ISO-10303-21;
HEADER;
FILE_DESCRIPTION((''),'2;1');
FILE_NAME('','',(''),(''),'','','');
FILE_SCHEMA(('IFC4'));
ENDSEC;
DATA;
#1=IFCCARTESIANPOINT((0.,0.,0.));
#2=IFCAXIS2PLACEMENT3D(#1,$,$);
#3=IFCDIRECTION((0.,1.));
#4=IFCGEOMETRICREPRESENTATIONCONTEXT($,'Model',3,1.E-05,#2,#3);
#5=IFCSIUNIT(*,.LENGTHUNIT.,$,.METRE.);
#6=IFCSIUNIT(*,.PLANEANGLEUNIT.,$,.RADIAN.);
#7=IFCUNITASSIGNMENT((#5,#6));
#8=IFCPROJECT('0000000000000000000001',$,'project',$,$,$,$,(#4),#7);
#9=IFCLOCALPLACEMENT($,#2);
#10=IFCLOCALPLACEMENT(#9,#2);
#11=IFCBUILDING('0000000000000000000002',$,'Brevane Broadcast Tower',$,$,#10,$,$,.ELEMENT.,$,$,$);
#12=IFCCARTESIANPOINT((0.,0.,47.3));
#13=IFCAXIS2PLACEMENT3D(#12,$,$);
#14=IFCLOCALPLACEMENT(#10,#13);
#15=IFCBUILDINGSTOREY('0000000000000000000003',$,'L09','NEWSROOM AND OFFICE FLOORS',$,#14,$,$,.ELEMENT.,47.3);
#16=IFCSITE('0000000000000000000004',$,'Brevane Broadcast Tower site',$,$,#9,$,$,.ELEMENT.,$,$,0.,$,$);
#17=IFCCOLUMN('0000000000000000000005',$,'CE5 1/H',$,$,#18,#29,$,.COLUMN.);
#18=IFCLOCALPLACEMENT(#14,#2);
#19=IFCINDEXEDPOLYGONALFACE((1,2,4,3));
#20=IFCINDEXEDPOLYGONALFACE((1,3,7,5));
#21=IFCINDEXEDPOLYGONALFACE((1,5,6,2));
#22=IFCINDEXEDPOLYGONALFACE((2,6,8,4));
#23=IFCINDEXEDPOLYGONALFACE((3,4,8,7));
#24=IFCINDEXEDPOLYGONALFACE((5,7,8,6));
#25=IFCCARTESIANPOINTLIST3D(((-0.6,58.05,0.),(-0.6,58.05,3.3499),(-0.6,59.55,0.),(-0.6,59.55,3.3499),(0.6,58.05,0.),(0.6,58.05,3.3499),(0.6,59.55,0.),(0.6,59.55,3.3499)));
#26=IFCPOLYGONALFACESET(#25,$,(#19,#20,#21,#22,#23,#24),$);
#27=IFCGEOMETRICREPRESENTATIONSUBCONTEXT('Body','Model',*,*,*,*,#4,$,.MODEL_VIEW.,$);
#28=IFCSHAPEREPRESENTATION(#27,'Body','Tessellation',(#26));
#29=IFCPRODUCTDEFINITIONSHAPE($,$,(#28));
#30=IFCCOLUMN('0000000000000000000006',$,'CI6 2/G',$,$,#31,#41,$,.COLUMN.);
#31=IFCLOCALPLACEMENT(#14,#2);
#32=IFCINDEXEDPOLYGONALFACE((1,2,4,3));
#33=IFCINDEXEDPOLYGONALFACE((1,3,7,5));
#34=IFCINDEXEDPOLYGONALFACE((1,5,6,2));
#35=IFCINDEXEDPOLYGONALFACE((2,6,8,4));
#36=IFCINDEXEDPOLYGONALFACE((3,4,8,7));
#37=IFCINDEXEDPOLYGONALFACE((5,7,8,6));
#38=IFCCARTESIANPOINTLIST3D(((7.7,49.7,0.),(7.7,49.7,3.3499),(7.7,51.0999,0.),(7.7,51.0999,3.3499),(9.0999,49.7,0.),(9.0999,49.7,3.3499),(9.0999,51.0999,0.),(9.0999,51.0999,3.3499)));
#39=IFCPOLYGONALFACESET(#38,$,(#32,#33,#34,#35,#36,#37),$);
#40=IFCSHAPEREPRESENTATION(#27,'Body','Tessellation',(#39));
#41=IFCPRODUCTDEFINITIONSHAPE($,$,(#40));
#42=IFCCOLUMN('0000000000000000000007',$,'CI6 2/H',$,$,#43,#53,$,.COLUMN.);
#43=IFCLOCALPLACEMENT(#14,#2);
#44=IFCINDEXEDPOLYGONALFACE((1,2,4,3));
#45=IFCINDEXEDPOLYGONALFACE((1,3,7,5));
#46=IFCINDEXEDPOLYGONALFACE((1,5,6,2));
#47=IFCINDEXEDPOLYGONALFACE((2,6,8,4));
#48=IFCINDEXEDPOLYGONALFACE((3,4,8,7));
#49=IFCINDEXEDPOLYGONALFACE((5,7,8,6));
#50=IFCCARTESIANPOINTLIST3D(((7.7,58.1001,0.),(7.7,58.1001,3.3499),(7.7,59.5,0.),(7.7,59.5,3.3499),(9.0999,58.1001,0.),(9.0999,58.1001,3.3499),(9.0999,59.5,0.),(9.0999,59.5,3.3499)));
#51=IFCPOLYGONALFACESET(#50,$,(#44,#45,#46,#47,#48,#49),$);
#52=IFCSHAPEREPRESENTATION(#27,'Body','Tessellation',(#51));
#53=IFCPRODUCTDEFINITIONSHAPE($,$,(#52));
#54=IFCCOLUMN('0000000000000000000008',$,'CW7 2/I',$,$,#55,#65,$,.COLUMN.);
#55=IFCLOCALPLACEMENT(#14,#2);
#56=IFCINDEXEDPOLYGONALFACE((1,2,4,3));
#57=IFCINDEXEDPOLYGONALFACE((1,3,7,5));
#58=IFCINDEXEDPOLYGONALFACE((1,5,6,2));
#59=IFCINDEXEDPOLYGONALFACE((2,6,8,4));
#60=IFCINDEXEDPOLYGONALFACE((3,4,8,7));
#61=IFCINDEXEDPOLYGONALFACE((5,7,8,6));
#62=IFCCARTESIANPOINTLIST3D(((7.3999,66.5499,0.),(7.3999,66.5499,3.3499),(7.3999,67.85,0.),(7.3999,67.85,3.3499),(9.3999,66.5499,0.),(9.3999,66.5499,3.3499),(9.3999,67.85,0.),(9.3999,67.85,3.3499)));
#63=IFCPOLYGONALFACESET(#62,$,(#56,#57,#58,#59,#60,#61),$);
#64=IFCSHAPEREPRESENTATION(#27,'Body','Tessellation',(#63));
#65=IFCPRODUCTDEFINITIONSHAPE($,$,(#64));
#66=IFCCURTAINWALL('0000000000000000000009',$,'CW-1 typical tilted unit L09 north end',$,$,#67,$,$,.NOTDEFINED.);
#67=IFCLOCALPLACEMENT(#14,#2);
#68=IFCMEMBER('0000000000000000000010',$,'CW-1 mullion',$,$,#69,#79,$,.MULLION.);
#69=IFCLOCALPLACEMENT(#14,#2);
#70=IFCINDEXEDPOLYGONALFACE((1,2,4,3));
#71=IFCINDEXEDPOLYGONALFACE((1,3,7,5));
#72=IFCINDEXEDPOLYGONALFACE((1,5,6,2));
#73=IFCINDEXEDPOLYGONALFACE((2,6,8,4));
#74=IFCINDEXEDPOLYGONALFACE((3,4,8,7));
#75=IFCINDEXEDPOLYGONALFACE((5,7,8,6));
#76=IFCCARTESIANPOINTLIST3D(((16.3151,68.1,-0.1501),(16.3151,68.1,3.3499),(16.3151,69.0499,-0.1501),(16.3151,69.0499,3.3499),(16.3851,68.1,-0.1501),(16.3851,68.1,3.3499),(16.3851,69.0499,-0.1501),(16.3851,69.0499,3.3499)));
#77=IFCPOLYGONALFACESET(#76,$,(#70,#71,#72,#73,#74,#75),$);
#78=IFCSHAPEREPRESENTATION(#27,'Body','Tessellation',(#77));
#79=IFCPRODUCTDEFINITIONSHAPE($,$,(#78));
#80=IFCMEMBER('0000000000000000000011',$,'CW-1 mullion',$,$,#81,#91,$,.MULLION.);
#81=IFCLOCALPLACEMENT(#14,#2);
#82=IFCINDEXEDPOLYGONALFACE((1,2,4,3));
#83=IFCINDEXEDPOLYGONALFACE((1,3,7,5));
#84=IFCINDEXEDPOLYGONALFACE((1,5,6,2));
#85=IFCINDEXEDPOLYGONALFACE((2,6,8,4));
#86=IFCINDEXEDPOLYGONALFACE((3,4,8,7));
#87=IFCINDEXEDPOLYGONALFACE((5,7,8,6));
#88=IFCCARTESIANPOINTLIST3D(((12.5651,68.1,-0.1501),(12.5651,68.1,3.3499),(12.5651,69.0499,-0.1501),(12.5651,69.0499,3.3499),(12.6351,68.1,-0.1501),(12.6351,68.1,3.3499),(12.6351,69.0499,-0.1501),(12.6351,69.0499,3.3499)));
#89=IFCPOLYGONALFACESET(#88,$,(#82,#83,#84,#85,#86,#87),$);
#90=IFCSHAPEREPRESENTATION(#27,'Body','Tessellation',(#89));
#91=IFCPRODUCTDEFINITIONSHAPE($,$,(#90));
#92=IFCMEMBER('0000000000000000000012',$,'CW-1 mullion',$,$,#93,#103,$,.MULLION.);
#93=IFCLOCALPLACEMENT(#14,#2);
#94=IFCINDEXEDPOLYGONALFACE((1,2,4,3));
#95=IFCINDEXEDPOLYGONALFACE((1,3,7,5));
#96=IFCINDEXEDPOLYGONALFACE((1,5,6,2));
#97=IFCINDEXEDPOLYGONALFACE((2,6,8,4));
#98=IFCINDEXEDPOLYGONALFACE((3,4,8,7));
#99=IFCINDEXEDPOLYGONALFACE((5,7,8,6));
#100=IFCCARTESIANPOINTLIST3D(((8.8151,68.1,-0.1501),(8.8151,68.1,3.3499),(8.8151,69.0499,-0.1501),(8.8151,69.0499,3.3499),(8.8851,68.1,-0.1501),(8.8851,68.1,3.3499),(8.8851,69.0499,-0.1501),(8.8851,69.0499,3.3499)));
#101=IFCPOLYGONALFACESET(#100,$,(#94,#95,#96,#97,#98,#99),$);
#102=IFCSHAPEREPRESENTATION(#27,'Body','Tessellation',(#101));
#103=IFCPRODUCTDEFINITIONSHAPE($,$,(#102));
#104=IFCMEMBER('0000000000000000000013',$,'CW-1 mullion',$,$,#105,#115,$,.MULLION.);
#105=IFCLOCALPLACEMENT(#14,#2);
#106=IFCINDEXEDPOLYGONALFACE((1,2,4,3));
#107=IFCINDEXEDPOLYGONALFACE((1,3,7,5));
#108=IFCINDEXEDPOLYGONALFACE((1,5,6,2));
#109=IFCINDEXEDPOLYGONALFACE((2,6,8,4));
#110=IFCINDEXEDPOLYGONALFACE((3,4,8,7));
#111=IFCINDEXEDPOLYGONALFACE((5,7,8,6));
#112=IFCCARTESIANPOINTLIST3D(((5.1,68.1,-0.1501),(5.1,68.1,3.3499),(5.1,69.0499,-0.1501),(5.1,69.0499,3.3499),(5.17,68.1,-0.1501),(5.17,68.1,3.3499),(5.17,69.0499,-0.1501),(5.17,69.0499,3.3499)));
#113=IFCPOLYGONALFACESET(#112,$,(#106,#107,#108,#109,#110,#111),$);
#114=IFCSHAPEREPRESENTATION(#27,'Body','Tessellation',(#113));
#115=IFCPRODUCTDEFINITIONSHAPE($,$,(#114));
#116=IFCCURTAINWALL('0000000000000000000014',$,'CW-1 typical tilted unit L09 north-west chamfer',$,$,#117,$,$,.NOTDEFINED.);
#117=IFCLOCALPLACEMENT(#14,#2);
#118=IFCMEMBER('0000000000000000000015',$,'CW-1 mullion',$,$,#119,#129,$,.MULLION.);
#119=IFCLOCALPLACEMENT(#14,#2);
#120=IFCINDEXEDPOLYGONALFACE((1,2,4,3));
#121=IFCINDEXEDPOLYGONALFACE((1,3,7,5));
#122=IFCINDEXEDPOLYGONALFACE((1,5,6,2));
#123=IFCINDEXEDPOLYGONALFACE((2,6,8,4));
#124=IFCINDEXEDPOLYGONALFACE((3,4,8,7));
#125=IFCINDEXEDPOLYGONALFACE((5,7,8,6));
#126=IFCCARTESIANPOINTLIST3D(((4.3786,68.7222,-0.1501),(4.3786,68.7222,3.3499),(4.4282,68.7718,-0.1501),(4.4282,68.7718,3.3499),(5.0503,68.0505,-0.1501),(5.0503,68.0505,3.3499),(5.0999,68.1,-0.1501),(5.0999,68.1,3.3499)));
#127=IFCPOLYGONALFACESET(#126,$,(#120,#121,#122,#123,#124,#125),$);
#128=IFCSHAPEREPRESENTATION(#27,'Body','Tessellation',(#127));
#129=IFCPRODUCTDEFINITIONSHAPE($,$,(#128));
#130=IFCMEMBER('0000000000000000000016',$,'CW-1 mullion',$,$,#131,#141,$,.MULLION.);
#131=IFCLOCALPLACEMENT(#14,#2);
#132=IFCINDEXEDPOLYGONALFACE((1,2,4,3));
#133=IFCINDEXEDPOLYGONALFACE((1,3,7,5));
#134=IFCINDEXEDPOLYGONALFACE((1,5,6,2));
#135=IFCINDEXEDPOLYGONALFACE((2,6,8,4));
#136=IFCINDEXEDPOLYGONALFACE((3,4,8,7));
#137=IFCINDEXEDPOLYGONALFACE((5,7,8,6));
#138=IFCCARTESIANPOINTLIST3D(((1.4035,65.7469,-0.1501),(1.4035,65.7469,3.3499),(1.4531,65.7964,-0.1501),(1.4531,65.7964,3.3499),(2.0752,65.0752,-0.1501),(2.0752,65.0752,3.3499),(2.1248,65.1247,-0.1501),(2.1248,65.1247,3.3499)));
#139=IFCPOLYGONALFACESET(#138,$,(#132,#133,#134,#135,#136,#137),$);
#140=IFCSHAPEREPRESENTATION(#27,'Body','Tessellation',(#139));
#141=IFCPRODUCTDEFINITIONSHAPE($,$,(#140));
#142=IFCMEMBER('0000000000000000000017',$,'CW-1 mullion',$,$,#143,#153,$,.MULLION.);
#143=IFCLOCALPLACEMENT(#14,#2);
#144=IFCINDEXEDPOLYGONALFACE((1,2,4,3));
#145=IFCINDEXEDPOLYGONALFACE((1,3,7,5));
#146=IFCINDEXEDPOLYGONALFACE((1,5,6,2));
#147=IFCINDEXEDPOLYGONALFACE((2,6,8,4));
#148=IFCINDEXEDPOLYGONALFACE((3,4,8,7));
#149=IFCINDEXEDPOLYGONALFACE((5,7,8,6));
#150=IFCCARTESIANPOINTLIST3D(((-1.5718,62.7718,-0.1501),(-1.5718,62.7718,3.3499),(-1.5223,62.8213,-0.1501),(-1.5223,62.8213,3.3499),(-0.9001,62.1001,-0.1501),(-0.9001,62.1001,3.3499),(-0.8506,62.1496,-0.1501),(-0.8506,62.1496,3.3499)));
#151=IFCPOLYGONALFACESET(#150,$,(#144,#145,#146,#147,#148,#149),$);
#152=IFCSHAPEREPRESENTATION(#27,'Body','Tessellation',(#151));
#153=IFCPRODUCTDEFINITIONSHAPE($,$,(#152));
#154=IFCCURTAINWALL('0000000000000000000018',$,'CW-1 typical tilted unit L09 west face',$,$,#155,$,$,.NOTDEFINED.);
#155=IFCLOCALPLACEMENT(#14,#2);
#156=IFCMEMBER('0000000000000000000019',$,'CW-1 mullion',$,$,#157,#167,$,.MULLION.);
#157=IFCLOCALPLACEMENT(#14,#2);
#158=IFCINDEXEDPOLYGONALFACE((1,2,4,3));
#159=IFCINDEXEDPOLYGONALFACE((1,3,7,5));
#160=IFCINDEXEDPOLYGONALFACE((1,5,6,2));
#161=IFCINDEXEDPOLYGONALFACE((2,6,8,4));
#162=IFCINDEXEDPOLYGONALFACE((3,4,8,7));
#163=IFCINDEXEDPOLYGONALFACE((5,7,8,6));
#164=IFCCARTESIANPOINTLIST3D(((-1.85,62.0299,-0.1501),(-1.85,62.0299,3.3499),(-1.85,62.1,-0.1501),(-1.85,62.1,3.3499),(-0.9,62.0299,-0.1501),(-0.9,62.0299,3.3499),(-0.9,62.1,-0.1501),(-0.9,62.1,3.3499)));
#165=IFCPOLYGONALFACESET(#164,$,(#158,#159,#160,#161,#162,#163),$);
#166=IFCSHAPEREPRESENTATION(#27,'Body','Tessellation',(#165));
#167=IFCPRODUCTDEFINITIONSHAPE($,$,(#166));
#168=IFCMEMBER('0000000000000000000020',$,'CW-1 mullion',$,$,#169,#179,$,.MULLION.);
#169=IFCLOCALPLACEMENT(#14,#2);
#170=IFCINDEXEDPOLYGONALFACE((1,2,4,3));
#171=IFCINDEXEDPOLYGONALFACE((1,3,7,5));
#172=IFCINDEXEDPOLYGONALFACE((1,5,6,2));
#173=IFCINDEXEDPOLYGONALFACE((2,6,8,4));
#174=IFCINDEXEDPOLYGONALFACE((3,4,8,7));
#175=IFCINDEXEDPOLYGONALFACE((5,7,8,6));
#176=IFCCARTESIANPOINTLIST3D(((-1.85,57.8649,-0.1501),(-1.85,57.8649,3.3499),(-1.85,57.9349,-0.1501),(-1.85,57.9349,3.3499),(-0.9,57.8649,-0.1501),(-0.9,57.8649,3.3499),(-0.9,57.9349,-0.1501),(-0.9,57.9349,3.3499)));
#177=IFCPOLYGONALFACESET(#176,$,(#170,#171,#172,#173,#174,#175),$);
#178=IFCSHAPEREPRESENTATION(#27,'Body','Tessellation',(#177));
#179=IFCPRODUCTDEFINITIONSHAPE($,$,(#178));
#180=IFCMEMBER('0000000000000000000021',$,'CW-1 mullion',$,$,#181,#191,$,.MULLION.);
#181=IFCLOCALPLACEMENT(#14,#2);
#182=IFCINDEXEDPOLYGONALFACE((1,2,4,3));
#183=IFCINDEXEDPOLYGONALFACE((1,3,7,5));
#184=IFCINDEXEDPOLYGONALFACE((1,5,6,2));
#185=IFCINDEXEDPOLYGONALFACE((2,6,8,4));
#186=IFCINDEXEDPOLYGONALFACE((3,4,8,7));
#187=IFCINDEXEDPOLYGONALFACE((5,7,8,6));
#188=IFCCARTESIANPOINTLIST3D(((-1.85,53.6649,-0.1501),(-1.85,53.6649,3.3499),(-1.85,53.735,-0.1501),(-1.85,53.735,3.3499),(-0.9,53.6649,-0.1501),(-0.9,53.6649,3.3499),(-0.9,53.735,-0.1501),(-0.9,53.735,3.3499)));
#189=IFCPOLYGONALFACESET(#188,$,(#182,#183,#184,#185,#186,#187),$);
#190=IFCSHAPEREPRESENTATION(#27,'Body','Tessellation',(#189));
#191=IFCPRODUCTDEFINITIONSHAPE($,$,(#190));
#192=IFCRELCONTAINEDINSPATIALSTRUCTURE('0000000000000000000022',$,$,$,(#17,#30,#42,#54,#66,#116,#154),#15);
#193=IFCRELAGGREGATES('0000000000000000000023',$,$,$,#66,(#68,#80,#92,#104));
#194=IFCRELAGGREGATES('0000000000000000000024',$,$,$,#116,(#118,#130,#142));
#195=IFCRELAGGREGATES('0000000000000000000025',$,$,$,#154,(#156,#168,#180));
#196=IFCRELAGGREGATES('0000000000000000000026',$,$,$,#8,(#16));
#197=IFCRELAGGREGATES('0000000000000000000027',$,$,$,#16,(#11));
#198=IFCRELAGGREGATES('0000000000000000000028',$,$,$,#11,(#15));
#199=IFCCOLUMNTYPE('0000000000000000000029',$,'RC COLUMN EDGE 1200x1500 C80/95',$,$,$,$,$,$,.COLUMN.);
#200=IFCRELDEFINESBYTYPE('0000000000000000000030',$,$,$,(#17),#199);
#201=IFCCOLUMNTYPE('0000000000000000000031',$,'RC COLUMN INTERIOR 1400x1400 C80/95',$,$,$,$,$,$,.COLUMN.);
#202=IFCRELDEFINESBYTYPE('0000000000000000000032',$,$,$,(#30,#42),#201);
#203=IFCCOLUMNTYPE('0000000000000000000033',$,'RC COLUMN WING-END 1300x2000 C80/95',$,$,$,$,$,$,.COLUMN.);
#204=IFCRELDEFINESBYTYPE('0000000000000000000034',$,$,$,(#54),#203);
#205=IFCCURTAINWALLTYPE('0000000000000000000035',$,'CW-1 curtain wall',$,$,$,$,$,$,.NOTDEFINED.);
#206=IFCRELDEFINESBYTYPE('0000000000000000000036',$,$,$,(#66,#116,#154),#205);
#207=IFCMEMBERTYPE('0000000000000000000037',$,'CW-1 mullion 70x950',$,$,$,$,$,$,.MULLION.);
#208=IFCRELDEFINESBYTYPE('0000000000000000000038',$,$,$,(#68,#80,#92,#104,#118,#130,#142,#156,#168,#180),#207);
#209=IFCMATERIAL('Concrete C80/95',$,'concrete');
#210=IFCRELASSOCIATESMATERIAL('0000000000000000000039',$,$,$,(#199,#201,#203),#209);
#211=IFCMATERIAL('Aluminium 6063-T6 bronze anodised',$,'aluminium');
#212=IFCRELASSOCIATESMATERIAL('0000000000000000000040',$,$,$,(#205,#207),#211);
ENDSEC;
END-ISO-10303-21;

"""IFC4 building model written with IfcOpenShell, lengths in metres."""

from ifc_helpers import new_model, si_unit, direction, frame, origin, origin_2d, place, context, subcontext, project, spatial, rectangle, extrude, material, material_profile, profile_set, type_object, element, aggregate, save


model = new_model("IFC4")

# Units and contexts
model_context = context("Model", 3, precision=1e-05, world=origin(), true_north=direction((0.0, 1.0)))
body_context = subcontext(model_context, "Body", "Model", "MODEL_VIEW")
ifc_project = project(units=[si_unit("LENGTHUNIT", "METRE"), si_unit("PLANEANGLEUNIT", "RADIAN")], contexts=[model_context])

# Site, building, storey
site_placement = place(None, origin())
site = spatial("IfcSite", under=ifc_project, at=site_placement, Name="Brevane Broadcast Tower site", CompositionType="ELEMENT", RefElevation=0.0)
building_placement = place(site_placement, origin())
building = spatial("IfcBuilding", under=site, at=building_placement, Name="Brevane Broadcast Tower", CompositionType="ELEMENT")
storey_placement = place(building_placement, frame((0.0, 0.0, 47.3)))
storey = spatial("IfcBuildingStorey", under=building, at=storey_placement, Name="L09", Description="NEWSROOM AND OFFICE FLOORS", CompositionType="ELEMENT", Elevation=47.3)

# Columns
ifc_material_1 = material(Name="Concrete C80/95", Category="concrete")
ifc_material_profile_1 = material_profile(ifc_material_1, rectangle(XDim=1.2, YDim=1.5, at=origin_2d()), Name="RC 1200x1500")
ifc_profile_set_1 = profile_set([ifc_material_profile_1], Name="Concrete C80/95")
column_type_1 = type_object("IfcColumnType", Name="RC COLUMN EDGE 1200x1500 C80/95", PredefinedType="COLUMN", material=ifc_profile_set_1)
column_1_placement = place(storey_placement, frame((0.0, 58.8, 0.0), z_axis=(0.0, 0.0, 1.0), x_axis=(1.0, 0.0, 0.0)))
element("IfcColumn", 1, at=column_1_placement, inside=storey, type_object=column_type_1, Name="CE5 1/H", PredefinedType="COLUMN", context=body_context, shape_type="SweptSolid", body=[
    extrude(rectangle(XDim=1.2, YDim=1.5, at=origin_2d()), origin(), (0.0, 0.0, 1.0), 3.3499),
])
ifc_material_profile_2 = material_profile(ifc_material_1, rectangle(XDim=1.3999, YDim=1.3999, at=origin_2d()), Name="RC 1400x1400")
ifc_profile_set_2 = profile_set([ifc_material_profile_2], Name="Concrete C80/95")
column_type_2 = type_object("IfcColumnType", Name="RC COLUMN INTERIOR 1400x1400 C80/95", PredefinedType="COLUMN", material=ifc_profile_set_2)
for number, where, z_axis, x_axis, name in (
    (2, (8.3999, 50.3999, 0.0), (0.0, 0.0, 1.0), (1.0, 0.0, 0.0), "CI6 2/G"),
    (3, (8.3999, 58.8, 0.0), (0.0, 0.0, 1.0), (1.0, 0.0, 0.0), "CI6 2/H"),
):
    element("IfcColumn", number, at=place(storey_placement, frame(where, z_axis=z_axis, x_axis=x_axis)), inside=storey, type_object=column_type_2, Name=name, PredefinedType="COLUMN", context=body_context, shape_type="SweptSolid", body=[
        extrude(rectangle(XDim=1.3999, YDim=1.3999, at=origin_2d()), origin(), (0.0, 0.0, 1.0), 3.3499),
    ])
ifc_material_profile_3 = material_profile(ifc_material_1, rectangle(XDim=1.3, YDim=2.0, at=origin_2d()), Name="RC 1300x2000")
ifc_profile_set_3 = profile_set([ifc_material_profile_3], Name="Concrete C80/95")
column_type_3 = type_object("IfcColumnType", Name="RC COLUMN WING-END 1300x2000 C80/95", PredefinedType="COLUMN", material=ifc_profile_set_3)
column_2_placement = place(storey_placement, frame((8.3999, 67.2, 0.0), z_axis=(0.0, 0.0, 1.0), x_axis=(0.0, 1.0, 0.0)))
element("IfcColumn", 4, at=column_2_placement, inside=storey, type_object=column_type_3, Name="CW7 2/I", PredefinedType="COLUMN", context=body_context, shape_type="SweptSolid", body=[
    extrude(rectangle(XDim=1.3, YDim=2.0, at=origin_2d()), origin(), (0.0, 0.0, 1.0), 3.3499),
])

# Curtain walls, members
ifc_material_2 = material(Name="Aluminium 6063-T6 bronze anodised", Category="aluminium")
curtain_wall_type = type_object("IfcCurtainWallType", Name="CW-1 curtain wall", PredefinedType="NOTDEFINED", material=ifc_material_2)
curtain_wall_1_placement = place(storey_placement, origin())
curtain_wall_1 = element("IfcCurtainWall", 5, at=curtain_wall_1_placement, inside=storey, type_object=curtain_wall_type, Name="CW-1 typical tilted unit L09 north end", PredefinedType="NOTDEFINED")
ifc_material_profile_4 = material_profile(ifc_material_2, rectangle(XDim=0.95, YDim=0.0701, at=origin_2d()), Name="RECT 70x950")
ifc_profile_set_4 = profile_set([ifc_material_profile_4], Name="Aluminium 6063-T6 bronze anodised")
member_type_1 = type_object("IfcMemberType", Name="CW-1 mullion 70x950", PredefinedType="MULLION", material=ifc_profile_set_4)
member_1_placement = place(storey_placement, frame((16.3501, 68.575, -0.1501), z_axis=(0.0, 0.0, 1.0), x_axis=(0.0, -1.0, 0.0)))
member_1 = element("IfcMember", 6, at=member_1_placement, type_object=member_type_1, Name="CW-1 mullion", PredefinedType="MULLION", context=body_context, shape_type="SweptSolid", body=[
    extrude(rectangle(XDim=0.95, YDim=0.0701, at=origin_2d()), origin(), (0.0, 0.0, 1.0), 3.5),
])
member_2_placement = place(storey_placement, frame((12.6001, 68.575, -0.1501), z_axis=(0.0, 0.0, 1.0), x_axis=(0.0, -1.0, 0.0)))
member_2 = element("IfcMember", 7, at=member_2_placement, type_object=member_type_1, Name="CW-1 mullion", PredefinedType="MULLION", context=body_context, shape_type="SweptSolid", body=[
    extrude(rectangle(XDim=0.95, YDim=0.0701, at=origin_2d()), origin(), (0.0, 0.0, 1.0), 3.5),
])
member_3_placement = place(storey_placement, frame((8.8501, 68.575, -0.1501), z_axis=(0.0, 0.0, 1.0), x_axis=(0.0, -1.0, 0.0)))
member_3 = element("IfcMember", 8, at=member_3_placement, type_object=member_type_1, Name="CW-1 mullion", PredefinedType="MULLION", context=body_context, shape_type="SweptSolid", body=[
    extrude(rectangle(XDim=0.95, YDim=0.0701, at=origin_2d()), origin(), (0.0, 0.0, 1.0), 3.5),
])
member_4_placement = place(storey_placement, frame((5.135, 68.575, -0.1501), z_axis=(0.0, 0.0, 1.0), x_axis=(0.0, -1.0, 0.0)))
member_4 = element("IfcMember", 9, at=member_4_placement, type_object=member_type_1, Name="CW-1 mullion", PredefinedType="MULLION", context=body_context, shape_type="SweptSolid", body=[
    extrude(rectangle(XDim=0.95, YDim=0.0701, at=origin_2d()), origin(), (0.0, 0.0, 1.0), 3.5),
])
aggregate(curtain_wall_1, [member_1, member_2, member_3, member_4])
curtain_wall_2_placement = place(storey_placement, origin())
curtain_wall_2 = element("IfcCurtainWall", 10, at=curtain_wall_2_placement, inside=storey, type_object=curtain_wall_type, Name="CW-1 typical tilted unit L09 north-west chamfer", PredefinedType="NOTDEFINED")
member_5_placement = place(storey_placement, frame((4.7393, 68.4111, -0.1501), z_axis=(0.0, 0.0, 1.0), x_axis=(0.707107, -0.707107, 0.0)))
member_5 = element("IfcMember", 11, at=member_5_placement, type_object=member_type_1, Name="CW-1 mullion", PredefinedType="MULLION", context=body_context, shape_type="SweptSolid", body=[
    extrude(rectangle(XDim=0.95, YDim=0.0701, at=origin_2d()), origin(), (0.0, 0.0, 1.0), 3.5),
])
member_6_placement = place(storey_placement, frame((1.7642, 65.4358, -0.1501), z_axis=(0.0, 0.0, 1.0), x_axis=(0.707107, -0.707107, 0.0)))
member_6 = element("IfcMember", 12, at=member_6_placement, type_object=member_type_1, Name="CW-1 mullion", PredefinedType="MULLION", context=body_context, shape_type="SweptSolid", body=[
    extrude(rectangle(XDim=0.95, YDim=0.0701, at=origin_2d()), origin(), (0.0, 0.0, 1.0), 3.5),
])
member_7_placement = place(storey_placement, frame((-1.2112, 62.4607, -0.1501), z_axis=(0.0, 0.0, 1.0), x_axis=(0.707107, -0.707107, 0.0)))
member_7 = element("IfcMember", 13, at=member_7_placement, type_object=member_type_1, Name="CW-1 mullion", PredefinedType="MULLION", context=body_context, shape_type="SweptSolid", body=[
    extrude(rectangle(XDim=0.95, YDim=0.0701, at=origin_2d()), origin(), (0.0, 0.0, 1.0), 3.5),
])
curtain_wall_3_placement = place(storey_placement, origin())
curtain_wall_3 = element("IfcCurtainWall", 14, at=curtain_wall_3_placement, inside=storey, type_object=curtain_wall_type, Name="CW-1 typical tilted unit L09 west face", PredefinedType="NOTDEFINED")
member_8_placement = place(storey_placement, frame((-1.375, 62.0649, -0.1501), z_axis=(0.0, 0.0, 1.0), x_axis=(1.0, 0.0, 0.0)))
member_8 = element("IfcMember", 15, at=member_8_placement, type_object=member_type_1, Name="CW-1 mullion", PredefinedType="MULLION", context=body_context, shape_type="SweptSolid", body=[
    extrude(rectangle(XDim=0.95, YDim=0.0701, at=origin_2d()), origin(), (0.0, 0.0, 1.0), 3.5),
])
member_9_placement = place(storey_placement, frame((-1.375, 57.8999, -0.1501), z_axis=(0.0, 0.0, 1.0), x_axis=(1.0, 0.0, 0.0)))
member_9 = element("IfcMember", 16, at=member_9_placement, type_object=member_type_1, Name="CW-1 mullion", PredefinedType="MULLION", context=body_context, shape_type="SweptSolid", body=[
    extrude(rectangle(XDim=0.95, YDim=0.0701, at=origin_2d()), origin(), (0.0, 0.0, 1.0), 3.5),
])
member_10_placement = place(storey_placement, frame((-1.375, 53.7, -0.1501), z_axis=(0.0, 0.0, 1.0), x_axis=(1.0, 0.0, 0.0)))
member_10 = element("IfcMember", 17, at=member_10_placement, type_object=member_type_1, Name="CW-1 mullion", PredefinedType="MULLION", context=body_context, shape_type="SweptSolid", body=[
    extrude(rectangle(XDim=0.95, YDim=0.0701, at=origin_2d()), origin(), (0.0, 0.0, 1.0), 3.5),
])

aggregate(curtain_wall_2, [member_5, member_6, member_7])
aggregate(curtain_wall_3, [member_8, member_9, member_10])

save(model, "model.ifc")
